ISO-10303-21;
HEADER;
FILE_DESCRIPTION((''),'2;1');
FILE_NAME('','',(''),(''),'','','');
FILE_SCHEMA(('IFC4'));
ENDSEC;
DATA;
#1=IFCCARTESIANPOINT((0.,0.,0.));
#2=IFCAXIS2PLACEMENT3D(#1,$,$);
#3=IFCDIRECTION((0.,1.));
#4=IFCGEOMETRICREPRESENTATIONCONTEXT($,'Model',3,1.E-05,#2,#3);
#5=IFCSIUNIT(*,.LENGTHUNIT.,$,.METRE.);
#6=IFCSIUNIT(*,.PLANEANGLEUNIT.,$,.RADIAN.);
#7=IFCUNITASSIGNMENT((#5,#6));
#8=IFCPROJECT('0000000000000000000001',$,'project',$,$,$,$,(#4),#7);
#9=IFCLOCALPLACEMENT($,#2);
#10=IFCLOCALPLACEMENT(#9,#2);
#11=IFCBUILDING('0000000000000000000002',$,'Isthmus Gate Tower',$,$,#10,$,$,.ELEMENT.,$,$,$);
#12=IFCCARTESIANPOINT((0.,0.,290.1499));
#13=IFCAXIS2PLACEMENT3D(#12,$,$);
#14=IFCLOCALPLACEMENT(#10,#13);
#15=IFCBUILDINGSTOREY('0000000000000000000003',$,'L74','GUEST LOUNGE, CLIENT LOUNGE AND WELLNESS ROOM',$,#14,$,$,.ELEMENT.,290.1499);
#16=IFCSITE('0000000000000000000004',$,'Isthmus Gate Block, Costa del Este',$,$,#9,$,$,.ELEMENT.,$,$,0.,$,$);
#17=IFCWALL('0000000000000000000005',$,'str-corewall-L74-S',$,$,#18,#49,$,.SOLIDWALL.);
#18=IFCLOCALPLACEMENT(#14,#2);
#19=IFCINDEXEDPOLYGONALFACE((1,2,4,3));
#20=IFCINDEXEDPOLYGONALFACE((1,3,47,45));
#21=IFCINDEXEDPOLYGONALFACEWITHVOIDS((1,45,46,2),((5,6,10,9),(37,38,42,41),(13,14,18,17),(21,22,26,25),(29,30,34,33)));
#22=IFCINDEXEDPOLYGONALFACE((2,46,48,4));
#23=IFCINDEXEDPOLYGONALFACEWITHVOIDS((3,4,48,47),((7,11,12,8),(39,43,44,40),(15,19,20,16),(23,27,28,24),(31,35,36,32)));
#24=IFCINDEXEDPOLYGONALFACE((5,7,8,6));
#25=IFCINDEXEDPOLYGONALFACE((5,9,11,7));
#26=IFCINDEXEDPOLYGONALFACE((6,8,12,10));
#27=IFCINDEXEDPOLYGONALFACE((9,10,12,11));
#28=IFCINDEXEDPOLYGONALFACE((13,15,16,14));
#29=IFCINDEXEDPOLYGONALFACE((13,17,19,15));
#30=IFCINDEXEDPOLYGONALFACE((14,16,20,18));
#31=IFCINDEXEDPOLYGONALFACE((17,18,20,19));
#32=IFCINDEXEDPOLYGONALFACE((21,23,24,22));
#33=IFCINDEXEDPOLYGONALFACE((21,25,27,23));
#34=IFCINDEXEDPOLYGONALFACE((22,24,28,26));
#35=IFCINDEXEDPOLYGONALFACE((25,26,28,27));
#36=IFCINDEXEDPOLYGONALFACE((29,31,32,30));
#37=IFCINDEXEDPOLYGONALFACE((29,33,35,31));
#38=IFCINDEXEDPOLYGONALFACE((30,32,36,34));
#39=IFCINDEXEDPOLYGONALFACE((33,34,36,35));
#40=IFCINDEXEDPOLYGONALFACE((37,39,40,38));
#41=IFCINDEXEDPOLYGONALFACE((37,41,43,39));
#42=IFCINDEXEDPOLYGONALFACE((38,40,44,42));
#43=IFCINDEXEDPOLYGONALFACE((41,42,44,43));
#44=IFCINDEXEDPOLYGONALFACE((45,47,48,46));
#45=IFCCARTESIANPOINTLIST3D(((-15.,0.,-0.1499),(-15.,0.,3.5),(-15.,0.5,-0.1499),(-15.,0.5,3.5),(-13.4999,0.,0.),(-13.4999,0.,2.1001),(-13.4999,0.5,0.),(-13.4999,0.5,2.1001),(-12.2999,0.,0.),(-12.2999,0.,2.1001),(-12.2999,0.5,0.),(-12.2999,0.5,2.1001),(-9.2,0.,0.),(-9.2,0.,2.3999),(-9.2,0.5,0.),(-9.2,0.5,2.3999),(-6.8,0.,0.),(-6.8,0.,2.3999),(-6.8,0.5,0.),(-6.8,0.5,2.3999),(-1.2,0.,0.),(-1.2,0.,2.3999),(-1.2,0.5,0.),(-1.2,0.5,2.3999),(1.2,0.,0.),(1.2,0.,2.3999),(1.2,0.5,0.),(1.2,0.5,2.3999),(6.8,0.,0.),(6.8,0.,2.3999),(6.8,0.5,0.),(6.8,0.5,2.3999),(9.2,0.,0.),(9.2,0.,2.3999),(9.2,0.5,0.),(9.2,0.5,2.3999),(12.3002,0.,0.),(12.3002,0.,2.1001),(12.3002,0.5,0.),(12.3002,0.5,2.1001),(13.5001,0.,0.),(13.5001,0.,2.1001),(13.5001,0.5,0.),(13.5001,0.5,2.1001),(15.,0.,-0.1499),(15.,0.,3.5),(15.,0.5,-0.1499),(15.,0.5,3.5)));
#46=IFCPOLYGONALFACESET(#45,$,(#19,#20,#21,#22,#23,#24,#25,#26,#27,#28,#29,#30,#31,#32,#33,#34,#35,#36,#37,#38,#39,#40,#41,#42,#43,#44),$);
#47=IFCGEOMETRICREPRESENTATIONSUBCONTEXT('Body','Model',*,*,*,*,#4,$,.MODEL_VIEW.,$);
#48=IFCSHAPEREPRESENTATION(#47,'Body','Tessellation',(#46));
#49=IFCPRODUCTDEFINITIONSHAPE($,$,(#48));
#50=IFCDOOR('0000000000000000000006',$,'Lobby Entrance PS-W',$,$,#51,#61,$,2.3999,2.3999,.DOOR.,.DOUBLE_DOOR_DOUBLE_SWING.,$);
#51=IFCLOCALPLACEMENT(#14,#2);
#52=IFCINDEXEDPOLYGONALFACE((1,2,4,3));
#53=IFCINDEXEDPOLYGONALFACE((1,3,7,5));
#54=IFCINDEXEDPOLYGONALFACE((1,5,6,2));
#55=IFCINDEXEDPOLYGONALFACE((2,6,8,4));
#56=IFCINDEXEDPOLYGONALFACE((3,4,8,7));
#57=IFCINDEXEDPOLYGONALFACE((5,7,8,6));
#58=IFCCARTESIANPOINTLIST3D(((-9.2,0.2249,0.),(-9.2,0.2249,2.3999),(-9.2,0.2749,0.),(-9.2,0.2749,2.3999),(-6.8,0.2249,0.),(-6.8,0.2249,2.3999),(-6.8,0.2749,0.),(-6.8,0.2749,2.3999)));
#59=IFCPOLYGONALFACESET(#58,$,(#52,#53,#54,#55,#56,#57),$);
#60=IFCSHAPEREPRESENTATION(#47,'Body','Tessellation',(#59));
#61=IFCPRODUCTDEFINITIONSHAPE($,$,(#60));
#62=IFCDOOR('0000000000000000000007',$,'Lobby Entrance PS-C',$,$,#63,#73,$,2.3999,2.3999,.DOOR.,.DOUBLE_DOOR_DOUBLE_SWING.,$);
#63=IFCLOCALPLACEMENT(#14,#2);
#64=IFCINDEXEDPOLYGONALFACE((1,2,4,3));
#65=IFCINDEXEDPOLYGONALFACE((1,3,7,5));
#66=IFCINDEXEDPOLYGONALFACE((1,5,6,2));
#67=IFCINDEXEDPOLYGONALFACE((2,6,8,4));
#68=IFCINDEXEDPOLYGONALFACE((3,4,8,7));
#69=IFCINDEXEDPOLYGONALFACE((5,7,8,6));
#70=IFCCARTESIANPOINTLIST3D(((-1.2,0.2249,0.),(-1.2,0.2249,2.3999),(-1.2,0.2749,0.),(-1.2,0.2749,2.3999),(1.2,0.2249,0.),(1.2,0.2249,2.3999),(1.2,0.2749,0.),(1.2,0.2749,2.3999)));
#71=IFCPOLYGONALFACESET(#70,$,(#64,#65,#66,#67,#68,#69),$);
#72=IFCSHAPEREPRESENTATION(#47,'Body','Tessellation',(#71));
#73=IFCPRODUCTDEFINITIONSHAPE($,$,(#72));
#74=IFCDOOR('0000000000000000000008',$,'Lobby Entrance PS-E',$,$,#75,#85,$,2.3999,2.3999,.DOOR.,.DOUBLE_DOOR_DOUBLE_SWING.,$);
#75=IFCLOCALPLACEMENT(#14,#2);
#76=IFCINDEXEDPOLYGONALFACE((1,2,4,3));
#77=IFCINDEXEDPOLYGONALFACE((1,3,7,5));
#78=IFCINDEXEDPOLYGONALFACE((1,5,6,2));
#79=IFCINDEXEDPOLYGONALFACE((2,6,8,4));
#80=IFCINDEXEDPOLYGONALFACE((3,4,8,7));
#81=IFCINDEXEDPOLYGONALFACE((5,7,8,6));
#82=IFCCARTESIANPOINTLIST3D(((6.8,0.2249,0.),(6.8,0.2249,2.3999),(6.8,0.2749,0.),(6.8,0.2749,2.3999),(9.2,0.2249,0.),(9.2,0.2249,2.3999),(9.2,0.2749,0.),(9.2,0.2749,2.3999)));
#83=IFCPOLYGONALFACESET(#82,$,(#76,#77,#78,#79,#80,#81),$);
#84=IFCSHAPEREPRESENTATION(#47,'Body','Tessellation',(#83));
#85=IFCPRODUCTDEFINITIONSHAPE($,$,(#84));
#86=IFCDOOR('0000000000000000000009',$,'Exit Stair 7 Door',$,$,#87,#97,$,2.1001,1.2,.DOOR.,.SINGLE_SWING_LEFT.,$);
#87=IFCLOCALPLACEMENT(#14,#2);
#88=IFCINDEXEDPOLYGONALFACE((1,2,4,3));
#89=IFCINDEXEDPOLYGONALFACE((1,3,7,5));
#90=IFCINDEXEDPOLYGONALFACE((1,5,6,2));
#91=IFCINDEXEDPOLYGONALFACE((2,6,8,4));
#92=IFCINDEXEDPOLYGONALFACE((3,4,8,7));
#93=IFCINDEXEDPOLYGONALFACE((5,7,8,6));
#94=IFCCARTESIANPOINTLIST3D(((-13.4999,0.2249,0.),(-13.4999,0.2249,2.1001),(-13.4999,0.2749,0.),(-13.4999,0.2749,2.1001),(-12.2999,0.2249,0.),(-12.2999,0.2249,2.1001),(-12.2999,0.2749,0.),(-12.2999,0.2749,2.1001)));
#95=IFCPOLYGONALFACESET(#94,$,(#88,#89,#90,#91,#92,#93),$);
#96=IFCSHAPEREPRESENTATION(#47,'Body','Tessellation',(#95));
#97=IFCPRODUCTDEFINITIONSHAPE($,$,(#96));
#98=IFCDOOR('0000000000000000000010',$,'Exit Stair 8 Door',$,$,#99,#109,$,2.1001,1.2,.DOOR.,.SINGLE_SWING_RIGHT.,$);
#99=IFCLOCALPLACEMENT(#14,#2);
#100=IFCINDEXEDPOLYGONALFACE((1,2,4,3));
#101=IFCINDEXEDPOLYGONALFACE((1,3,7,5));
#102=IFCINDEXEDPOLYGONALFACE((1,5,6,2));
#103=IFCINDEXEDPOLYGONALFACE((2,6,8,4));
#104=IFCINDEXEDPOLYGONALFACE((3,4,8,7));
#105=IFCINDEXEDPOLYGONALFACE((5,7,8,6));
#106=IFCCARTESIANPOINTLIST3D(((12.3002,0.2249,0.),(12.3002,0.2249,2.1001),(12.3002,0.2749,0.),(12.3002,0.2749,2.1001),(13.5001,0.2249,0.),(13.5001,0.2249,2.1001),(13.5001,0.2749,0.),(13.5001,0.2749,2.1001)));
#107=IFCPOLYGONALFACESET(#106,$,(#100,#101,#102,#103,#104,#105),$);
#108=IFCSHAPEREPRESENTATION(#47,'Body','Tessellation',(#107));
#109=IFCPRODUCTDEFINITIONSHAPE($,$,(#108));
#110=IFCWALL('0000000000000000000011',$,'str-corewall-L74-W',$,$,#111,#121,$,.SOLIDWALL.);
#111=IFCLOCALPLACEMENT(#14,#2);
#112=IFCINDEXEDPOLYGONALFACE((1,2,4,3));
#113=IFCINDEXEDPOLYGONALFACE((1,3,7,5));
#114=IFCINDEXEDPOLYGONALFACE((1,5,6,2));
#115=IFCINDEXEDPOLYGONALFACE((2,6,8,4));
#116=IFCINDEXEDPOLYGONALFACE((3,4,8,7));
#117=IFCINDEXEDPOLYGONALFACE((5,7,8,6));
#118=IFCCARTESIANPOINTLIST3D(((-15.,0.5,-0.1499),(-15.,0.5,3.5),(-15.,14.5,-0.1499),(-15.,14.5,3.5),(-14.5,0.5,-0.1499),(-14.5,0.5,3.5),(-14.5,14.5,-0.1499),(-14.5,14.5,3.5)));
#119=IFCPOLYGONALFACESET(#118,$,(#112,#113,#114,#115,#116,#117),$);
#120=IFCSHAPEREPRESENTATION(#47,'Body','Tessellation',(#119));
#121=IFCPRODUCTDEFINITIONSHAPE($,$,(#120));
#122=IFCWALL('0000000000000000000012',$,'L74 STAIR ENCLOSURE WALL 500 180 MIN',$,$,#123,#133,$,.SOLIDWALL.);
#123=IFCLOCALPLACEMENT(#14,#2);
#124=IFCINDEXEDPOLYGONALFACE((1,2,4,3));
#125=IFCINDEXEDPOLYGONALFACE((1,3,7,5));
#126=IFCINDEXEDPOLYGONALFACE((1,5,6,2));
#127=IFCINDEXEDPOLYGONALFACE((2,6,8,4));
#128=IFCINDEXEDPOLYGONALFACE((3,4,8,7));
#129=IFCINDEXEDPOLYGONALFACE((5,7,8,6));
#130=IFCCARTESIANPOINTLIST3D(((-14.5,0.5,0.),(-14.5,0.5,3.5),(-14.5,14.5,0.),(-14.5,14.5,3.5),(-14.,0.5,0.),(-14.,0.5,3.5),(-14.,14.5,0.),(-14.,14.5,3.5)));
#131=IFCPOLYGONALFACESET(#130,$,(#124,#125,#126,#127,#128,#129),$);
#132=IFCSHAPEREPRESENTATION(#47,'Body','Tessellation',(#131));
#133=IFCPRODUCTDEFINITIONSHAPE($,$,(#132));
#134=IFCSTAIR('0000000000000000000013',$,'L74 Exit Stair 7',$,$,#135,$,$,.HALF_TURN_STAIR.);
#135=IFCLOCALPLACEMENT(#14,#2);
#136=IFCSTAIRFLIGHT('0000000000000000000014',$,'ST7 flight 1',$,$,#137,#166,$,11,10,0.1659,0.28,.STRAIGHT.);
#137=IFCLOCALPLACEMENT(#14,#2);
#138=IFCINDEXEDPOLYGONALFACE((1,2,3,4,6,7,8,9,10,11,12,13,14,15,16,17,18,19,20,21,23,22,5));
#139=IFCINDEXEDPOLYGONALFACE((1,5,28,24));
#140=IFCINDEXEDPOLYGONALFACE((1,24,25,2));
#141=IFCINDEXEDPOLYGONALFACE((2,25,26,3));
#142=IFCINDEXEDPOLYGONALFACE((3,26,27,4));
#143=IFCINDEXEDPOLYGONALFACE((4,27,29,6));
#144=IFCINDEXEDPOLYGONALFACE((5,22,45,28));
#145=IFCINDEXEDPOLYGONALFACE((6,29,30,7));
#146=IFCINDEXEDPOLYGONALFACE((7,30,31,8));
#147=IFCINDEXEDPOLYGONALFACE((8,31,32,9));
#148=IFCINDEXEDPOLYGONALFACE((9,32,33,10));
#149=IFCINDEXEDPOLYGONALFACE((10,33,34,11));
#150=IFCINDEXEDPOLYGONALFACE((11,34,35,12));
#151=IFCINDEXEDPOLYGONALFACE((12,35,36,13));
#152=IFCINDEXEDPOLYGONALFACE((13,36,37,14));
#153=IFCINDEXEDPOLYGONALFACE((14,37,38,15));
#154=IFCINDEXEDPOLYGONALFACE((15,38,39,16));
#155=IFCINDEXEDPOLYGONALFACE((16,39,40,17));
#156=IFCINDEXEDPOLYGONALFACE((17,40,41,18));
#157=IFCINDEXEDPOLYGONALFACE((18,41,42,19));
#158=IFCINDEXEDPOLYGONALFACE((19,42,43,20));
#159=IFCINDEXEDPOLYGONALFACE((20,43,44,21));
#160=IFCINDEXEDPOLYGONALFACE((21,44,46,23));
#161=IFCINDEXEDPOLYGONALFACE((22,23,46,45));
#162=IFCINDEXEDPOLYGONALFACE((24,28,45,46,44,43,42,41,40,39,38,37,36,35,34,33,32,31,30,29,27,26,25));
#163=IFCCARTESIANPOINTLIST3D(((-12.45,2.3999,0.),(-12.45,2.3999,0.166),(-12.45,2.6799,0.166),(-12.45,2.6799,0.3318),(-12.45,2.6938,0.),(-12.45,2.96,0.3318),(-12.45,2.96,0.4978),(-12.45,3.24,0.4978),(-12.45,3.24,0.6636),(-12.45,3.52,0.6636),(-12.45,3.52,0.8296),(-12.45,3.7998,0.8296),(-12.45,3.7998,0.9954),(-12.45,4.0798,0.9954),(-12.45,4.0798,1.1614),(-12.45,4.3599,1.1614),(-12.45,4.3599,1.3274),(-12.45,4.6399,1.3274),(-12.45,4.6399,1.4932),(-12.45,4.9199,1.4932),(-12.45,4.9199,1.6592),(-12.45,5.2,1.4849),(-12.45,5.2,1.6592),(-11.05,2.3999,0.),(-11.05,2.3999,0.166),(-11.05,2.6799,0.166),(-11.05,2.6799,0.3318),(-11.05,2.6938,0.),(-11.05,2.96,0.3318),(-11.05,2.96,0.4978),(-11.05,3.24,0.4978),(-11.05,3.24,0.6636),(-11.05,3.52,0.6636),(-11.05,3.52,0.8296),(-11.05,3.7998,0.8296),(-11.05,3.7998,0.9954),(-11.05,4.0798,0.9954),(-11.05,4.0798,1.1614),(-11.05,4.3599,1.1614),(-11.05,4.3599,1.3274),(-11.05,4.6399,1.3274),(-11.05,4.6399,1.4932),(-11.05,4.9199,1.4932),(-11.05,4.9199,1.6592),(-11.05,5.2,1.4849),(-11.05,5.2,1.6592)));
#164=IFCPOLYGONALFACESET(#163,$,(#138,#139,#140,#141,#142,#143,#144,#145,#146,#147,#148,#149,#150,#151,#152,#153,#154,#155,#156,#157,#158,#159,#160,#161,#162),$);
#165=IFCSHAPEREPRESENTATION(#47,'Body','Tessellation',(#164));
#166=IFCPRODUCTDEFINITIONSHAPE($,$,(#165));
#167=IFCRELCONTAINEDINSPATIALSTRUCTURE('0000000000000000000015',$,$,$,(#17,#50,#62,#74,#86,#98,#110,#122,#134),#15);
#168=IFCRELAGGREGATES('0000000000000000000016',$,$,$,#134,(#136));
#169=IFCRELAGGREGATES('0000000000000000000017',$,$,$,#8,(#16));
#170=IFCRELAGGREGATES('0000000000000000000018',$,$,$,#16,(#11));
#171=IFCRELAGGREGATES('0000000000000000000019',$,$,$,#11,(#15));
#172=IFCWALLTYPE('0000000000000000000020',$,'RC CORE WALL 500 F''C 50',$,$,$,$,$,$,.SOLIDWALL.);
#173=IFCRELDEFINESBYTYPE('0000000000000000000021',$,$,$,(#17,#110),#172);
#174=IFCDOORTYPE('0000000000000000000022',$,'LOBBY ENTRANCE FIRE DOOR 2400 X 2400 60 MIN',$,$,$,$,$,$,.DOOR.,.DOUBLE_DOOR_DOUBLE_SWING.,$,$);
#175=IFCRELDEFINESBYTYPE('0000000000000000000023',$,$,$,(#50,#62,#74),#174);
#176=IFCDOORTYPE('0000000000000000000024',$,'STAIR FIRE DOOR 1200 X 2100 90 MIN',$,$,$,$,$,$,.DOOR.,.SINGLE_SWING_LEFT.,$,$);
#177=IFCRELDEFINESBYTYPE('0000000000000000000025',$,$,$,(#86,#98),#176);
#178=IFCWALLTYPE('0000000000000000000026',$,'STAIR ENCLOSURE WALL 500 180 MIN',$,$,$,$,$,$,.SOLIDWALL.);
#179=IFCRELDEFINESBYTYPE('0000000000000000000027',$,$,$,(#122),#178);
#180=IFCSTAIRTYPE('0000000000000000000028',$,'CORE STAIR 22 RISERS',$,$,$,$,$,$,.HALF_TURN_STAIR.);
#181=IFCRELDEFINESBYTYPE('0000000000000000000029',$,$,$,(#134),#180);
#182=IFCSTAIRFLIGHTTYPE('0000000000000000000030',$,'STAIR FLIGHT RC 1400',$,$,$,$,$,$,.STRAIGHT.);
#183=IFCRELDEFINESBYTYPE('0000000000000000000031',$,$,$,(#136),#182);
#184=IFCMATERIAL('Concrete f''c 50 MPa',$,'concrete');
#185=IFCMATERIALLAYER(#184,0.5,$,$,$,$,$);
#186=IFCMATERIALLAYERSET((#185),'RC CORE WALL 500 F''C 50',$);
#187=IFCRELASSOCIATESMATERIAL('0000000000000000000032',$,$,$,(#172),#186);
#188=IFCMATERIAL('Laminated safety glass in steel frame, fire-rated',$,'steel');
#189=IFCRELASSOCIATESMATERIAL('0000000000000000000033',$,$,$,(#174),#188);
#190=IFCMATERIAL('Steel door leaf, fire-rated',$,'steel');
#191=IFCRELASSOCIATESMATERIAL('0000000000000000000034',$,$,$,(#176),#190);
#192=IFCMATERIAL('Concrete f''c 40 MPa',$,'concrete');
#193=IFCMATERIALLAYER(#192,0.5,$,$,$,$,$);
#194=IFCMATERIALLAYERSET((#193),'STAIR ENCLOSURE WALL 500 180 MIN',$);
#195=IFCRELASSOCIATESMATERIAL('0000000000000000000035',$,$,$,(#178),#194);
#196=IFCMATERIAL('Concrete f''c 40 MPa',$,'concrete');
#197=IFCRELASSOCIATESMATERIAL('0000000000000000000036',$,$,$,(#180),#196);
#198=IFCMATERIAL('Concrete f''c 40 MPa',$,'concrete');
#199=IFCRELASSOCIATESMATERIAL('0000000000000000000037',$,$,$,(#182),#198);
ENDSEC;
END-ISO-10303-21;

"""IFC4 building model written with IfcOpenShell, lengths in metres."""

from ifc_helpers import new_model, si_unit, direction, frame, frame_2d, origin, place, context, subcontext, project, spatial, polyline, rectangle, outline, extrude, material, layer, layer_set, type_object, element, fill, aggregate, save


model = new_model("IFC4")

# Units and contexts
model_context = context("Model", 3, precision=1e-05, world=origin(), true_north=direction((0.0, 1.0)))
body_context = subcontext(model_context, "Body", "Model", "MODEL_VIEW")
ifc_project = project(units=[si_unit("LENGTHUNIT", "METRE"), si_unit("PLANEANGLEUNIT", "RADIAN")], contexts=[model_context])

# Site, building, storey
site_placement = place(None, origin())
site = spatial("IfcSite", under=ifc_project, at=site_placement, Name="Isthmus Gate Block, Costa del Este", CompositionType="ELEMENT", RefElevation=0.0)
building_placement = place(site_placement, origin())
building = spatial("IfcBuilding", under=site, at=building_placement, Name="Isthmus Gate Tower", CompositionType="ELEMENT")
storey_placement = place(building_placement, frame((0.0, 0.0, 290.1499)))
storey = spatial("IfcBuildingStorey", under=building, at=storey_placement, Name="L74", Description="GUEST LOUNGE, CLIENT LOUNGE AND WELLNESS ROOM", CompositionType="ELEMENT", Elevation=290.1499)

# Wall, openings, doors
ifc_material_1 = material(Name="Concrete f'c 50 MPa", Category="concrete")
ifc_layer_1 = layer(ifc_material_1, 0.5)
ifc_layer_set_1 = layer_set([ifc_layer_1], Name="RC CORE WALL 500 F'C 50")
wall_type_1 = type_object("IfcWallType", Name="RC CORE WALL 500 F'C 50", PredefinedType="SOLIDWALL", material=ifc_layer_set_1)
wall_1_placement = place(storey_placement, frame((-15.0, 0.25, -0.1499), z_axis=(0.0, 0.0, 1.0), x_axis=(1.0, 0.0, 0.0)))
wall_1 = element("IfcWall", 1, at=wall_1_placement, inside=storey, type_object=wall_type_1, Name="str-corewall-L74-S", PredefinedType="SOLIDWALL", context=body_context, shape_type="SweptSolid", body=[
    extrude(rectangle(XDim=30.0, YDim=0.5, at=frame_2d((15.0, 0.0))), origin(), (0.0, 0.0, 1.0), 3.6499),
])
opening_1_placement = place(wall_1_placement, frame((5.8, 0.0, 0.1499)))
opening_1 = element("IfcOpeningElement", 2, at=opening_1_placement, cuts=wall_1, PredefinedType="OPENING", context=body_context, shape_type="SweptSolid", body=[
    extrude(rectangle(XDim=2.3999, YDim=2.3999, at=frame_2d((1.2, 1.2))), frame((0.0, 0.26, 0.0), z_axis=(0.0, -1.0, 0.0), x_axis=(1.0, 0.0, 0.0)), (0.0, 0.0, 1.0), 0.52),
])
opening_2_placement = place(wall_1_placement, frame((13.8, 0.0, 0.1499)))
opening_2 = element("IfcOpeningElement", 3, at=opening_2_placement, cuts=wall_1, PredefinedType="OPENING", context=body_context, shape_type="SweptSolid", body=[
    extrude(rectangle(XDim=2.3999, YDim=2.3999, at=frame_2d((1.2, 1.2))), frame((0.0, 0.26, 0.0), z_axis=(0.0, -1.0, 0.0), x_axis=(1.0, 0.0, 0.0)), (0.0, 0.0, 1.0), 0.52),
])
opening_3_placement = place(wall_1_placement, frame((21.8, 0.0, 0.1499)))
opening_3 = element("IfcOpeningElement", 4, at=opening_3_placement, cuts=wall_1, PredefinedType="OPENING", context=body_context, shape_type="SweptSolid", body=[
    extrude(rectangle(XDim=2.3999, YDim=2.3999, at=frame_2d((1.2, 1.2))), frame((0.0, 0.26, 0.0), z_axis=(0.0, -1.0, 0.0), x_axis=(1.0, 0.0, 0.0)), (0.0, 0.0, 1.0), 0.52),
])
opening_4_placement = place(wall_1_placement, frame((1.5, 0.0, 0.1499)))
opening_4 = element("IfcOpeningElement", 5, at=opening_4_placement, cuts=wall_1, PredefinedType="OPENING", context=body_context, shape_type="SweptSolid", body=[
    extrude(rectangle(XDim=1.2, YDim=2.1001, at=frame_2d((0.6001, 1.05))), frame((0.0, 0.26, 0.0), z_axis=(0.0, -1.0, 0.0), x_axis=(1.0, 0.0, 0.0)), (0.0, 0.0, 1.0), 0.52),
])
opening_5_placement = place(wall_1_placement, frame((27.3, 0.0, 0.1499)))
opening_5 = element("IfcOpeningElement", 6, at=opening_5_placement, cuts=wall_1, PredefinedType="OPENING", context=body_context, shape_type="SweptSolid", body=[
    extrude(rectangle(XDim=1.2, YDim=2.1001, at=frame_2d((0.6001, 1.05))), frame((0.0, 0.26, 0.0), z_axis=(0.0, -1.0, 0.0), x_axis=(1.0, 0.0, 0.0)), (0.0, 0.0, 1.0), 0.52),
])
ifc_material_2 = material(Name="Laminated safety glass in steel frame, fire-rated", Category="steel")
door_type_1 = type_object("IfcDoorType", Name="LOBBY ENTRANCE FIRE DOOR 2400 X 2400 60 MIN", OperationType="DOUBLE_DOOR_DOUBLE_SWING", PredefinedType="DOOR", material=ifc_material_2)
door_1_placement = place(opening_1_placement, origin())
door_1 = element("IfcDoor", 7, at=door_1_placement, inside=storey, type_object=door_type_1, Name="Lobby Entrance PS-W", OperationType="DOUBLE_DOOR_DOUBLE_SWING", OverallHeight=2.3999, OverallWidth=2.3999, PredefinedType="DOOR", context=body_context, shape_type="SweptSolid", body=[
    extrude(rectangle(XDim=2.3999, YDim=2.3999, at=frame_2d((1.2, 1.2))), frame((0.0, 0.0249, 0.0), z_axis=(0.0, -1.0, 0.0), x_axis=(1.0, 0.0, 0.0)), (0.0, 0.0, 1.0), 0.05),
])
fill(opening_1, door_1)
door_2_placement = place(opening_2_placement, origin())
door_2 = element("IfcDoor", 8, at=door_2_placement, inside=storey, type_object=door_type_1, Name="Lobby Entrance PS-C", OperationType="DOUBLE_DOOR_DOUBLE_SWING", OverallHeight=2.3999, OverallWidth=2.3999, PredefinedType="DOOR", context=body_context, shape_type="SweptSolid", body=[
    extrude(rectangle(XDim=2.3999, YDim=2.3999, at=frame_2d((1.2, 1.2))), frame((0.0, 0.0249, 0.0), z_axis=(0.0, -1.0, 0.0), x_axis=(1.0, 0.0, 0.0)), (0.0, 0.0, 1.0), 0.05),
])
fill(opening_2, door_2)
door_3_placement = place(opening_3_placement, origin())
door_3 = element("IfcDoor", 9, at=door_3_placement, inside=storey, type_object=door_type_1, Name="Lobby Entrance PS-E", OperationType="DOUBLE_DOOR_DOUBLE_SWING", OverallHeight=2.3999, OverallWidth=2.3999, PredefinedType="DOOR", context=body_context, shape_type="SweptSolid", body=[
    extrude(rectangle(XDim=2.3999, YDim=2.3999, at=frame_2d((1.2, 1.2))), frame((0.0, 0.0249, 0.0), z_axis=(0.0, -1.0, 0.0), x_axis=(1.0, 0.0, 0.0)), (0.0, 0.0, 1.0), 0.05),
])
fill(opening_3, door_3)
ifc_material_3 = material(Name="Steel door leaf, fire-rated", Category="steel")
door_type_2 = type_object("IfcDoorType", Name="STAIR FIRE DOOR 1200 X 2100 90 MIN", OperationType="SINGLE_SWING_LEFT", PredefinedType="DOOR", material=ifc_material_3)
door_4_placement = place(opening_4_placement, origin())
door_4 = element("IfcDoor", 10, at=door_4_placement, inside=storey, type_object=door_type_2, Name="Exit Stair 7 Door", OperationType="SINGLE_SWING_LEFT", OverallHeight=2.1001, OverallWidth=1.2, PredefinedType="DOOR", context=body_context, shape_type="SweptSolid", body=[
    extrude(rectangle(XDim=1.2, YDim=2.1001, at=frame_2d((0.6001, 1.05))), frame((0.0, 0.0249, 0.0), z_axis=(0.0, -1.0, 0.0), x_axis=(1.0, 0.0, 0.0)), (0.0, 0.0, 1.0), 0.05),
])
fill(opening_4, door_4)
door_5_placement = place(opening_5_placement, origin())
door_5 = element("IfcDoor", 11, at=door_5_placement, inside=storey, type_object=door_type_2, Name="Exit Stair 8 Door", OperationType="SINGLE_SWING_RIGHT", OverallHeight=2.1001, OverallWidth=1.2, PredefinedType="DOOR", context=body_context, shape_type="SweptSolid", body=[
    extrude(rectangle(XDim=1.2, YDim=2.1001, at=frame_2d((0.6001, 1.05))), frame((0.0, 0.0249, 0.0), z_axis=(0.0, -1.0, 0.0), x_axis=(1.0, 0.0, 0.0)), (0.0, 0.0, 1.0), 0.05),
])
fill(opening_5, door_5)

# Walls
wall_2_placement = place(storey_placement, frame((-14.75, 0.5, -0.1499), z_axis=(0.0, 0.0, 1.0), x_axis=(0.0, 1.0, 0.0)))
element("IfcWall", 12, at=wall_2_placement, inside=storey, type_object=wall_type_1, Name="str-corewall-L74-W", PredefinedType="SOLIDWALL", context=body_context, shape_type="SweptSolid", body=[
    extrude(rectangle(XDim=14.0, YDim=0.5, at=frame_2d((7.0, 0.0))), origin(), (0.0, 0.0, 1.0), 3.6499),
])
ifc_material_4 = material(Name="Concrete f'c 40 MPa", Category="concrete")
ifc_layer_2 = layer(ifc_material_4, 0.5)
ifc_layer_set_2 = layer_set([ifc_layer_2], Name="STAIR ENCLOSURE WALL 500 180 MIN")
wall_type_2 = type_object("IfcWallType", Name="STAIR ENCLOSURE WALL 500 180 MIN", PredefinedType="SOLIDWALL", material=ifc_layer_set_2)
wall_3_placement = place(storey_placement, frame((-14.25, 0.5, 0.0), z_axis=(0.0, 0.0, 1.0), x_axis=(0.0, 1.0, 0.0)))
element("IfcWall", 13, at=wall_3_placement, inside=storey, type_object=wall_type_2, Name="L74 STAIR ENCLOSURE WALL 500 180 MIN", PredefinedType="SOLIDWALL", context=body_context, shape_type="SweptSolid", body=[
    extrude(rectangle(XDim=14.0, YDim=0.5, at=frame_2d((7.0, 0.0))), origin(), (0.0, 0.0, 1.0), 3.5),
])

# Stair, stair flight
ifc_material_5 = material(Name="Concrete f'c 40 MPa", Category="concrete")
stair_type = type_object("IfcStairType", Name="CORE STAIR 22 RISERS", PredefinedType="HALF_TURN_STAIR", material=ifc_material_5)
stair_placement = place(storey_placement, origin())
stair = element("IfcStair", 14, at=stair_placement, inside=storey, type_object=stair_type, Name="L74 Exit Stair 7", PredefinedType="HALF_TURN_STAIR")
ifc_material_6 = material(Name="Concrete f'c 40 MPa", Category="concrete")
stair_flight_type = type_object("IfcStairFlightType", Name="STAIR FLIGHT RC 1400", PredefinedType="STRAIGHT", material=ifc_material_6)
stair_flight_placement = place(storey_placement, frame((-11.75, 2.3999, 0.0), z_axis=(0.0, 0.0, 1.0), x_axis=(0.0, 1.0, 0.0)))
stair_flight = element("IfcStairFlight", 15, at=stair_flight_placement, type_object=stair_flight_type, Name="ST7 flight 1", NumberOfRisers=11, NumberOfTreads=10, PredefinedType="STRAIGHT", RiserHeight=0.1659, TreadLength=0.28, context=body_context, shape_type="SweptSolid", body=[
    extrude(outline(polyline([(0.0, 0.0), (0.0, 0.166), (0.28, 0.166), (0.28, 0.3318), (0.5601, 0.3318), (0.5601, 0.4978), (0.8401, 0.4978), (0.8401, 0.6636), (1.1201, 0.6636), (1.1201, 0.8296), (1.3999, 0.8296), (1.3999, 0.9954), (1.6799, 0.9954), (1.6799, 1.1614), (1.96, 1.1614), (1.96, 1.3274), (2.24, 1.3274), (2.24, 1.4932), (2.52, 1.4932), (2.52, 1.6592), (2.8, 1.6592), (2.8, 1.825), (2.8, 1.4849), (0.2939, 0.0), (0.0, 0.0)])), frame((0.0, 0.7, 0.0), z_axis=(0.0, -1.0, 0.0), x_axis=(1.0, 0.0, 0.0)), (0.0, 0.0, 1.0), 1.3999),
])
aggregate(stair, [stair_flight])

save(model, "model.ifc")
